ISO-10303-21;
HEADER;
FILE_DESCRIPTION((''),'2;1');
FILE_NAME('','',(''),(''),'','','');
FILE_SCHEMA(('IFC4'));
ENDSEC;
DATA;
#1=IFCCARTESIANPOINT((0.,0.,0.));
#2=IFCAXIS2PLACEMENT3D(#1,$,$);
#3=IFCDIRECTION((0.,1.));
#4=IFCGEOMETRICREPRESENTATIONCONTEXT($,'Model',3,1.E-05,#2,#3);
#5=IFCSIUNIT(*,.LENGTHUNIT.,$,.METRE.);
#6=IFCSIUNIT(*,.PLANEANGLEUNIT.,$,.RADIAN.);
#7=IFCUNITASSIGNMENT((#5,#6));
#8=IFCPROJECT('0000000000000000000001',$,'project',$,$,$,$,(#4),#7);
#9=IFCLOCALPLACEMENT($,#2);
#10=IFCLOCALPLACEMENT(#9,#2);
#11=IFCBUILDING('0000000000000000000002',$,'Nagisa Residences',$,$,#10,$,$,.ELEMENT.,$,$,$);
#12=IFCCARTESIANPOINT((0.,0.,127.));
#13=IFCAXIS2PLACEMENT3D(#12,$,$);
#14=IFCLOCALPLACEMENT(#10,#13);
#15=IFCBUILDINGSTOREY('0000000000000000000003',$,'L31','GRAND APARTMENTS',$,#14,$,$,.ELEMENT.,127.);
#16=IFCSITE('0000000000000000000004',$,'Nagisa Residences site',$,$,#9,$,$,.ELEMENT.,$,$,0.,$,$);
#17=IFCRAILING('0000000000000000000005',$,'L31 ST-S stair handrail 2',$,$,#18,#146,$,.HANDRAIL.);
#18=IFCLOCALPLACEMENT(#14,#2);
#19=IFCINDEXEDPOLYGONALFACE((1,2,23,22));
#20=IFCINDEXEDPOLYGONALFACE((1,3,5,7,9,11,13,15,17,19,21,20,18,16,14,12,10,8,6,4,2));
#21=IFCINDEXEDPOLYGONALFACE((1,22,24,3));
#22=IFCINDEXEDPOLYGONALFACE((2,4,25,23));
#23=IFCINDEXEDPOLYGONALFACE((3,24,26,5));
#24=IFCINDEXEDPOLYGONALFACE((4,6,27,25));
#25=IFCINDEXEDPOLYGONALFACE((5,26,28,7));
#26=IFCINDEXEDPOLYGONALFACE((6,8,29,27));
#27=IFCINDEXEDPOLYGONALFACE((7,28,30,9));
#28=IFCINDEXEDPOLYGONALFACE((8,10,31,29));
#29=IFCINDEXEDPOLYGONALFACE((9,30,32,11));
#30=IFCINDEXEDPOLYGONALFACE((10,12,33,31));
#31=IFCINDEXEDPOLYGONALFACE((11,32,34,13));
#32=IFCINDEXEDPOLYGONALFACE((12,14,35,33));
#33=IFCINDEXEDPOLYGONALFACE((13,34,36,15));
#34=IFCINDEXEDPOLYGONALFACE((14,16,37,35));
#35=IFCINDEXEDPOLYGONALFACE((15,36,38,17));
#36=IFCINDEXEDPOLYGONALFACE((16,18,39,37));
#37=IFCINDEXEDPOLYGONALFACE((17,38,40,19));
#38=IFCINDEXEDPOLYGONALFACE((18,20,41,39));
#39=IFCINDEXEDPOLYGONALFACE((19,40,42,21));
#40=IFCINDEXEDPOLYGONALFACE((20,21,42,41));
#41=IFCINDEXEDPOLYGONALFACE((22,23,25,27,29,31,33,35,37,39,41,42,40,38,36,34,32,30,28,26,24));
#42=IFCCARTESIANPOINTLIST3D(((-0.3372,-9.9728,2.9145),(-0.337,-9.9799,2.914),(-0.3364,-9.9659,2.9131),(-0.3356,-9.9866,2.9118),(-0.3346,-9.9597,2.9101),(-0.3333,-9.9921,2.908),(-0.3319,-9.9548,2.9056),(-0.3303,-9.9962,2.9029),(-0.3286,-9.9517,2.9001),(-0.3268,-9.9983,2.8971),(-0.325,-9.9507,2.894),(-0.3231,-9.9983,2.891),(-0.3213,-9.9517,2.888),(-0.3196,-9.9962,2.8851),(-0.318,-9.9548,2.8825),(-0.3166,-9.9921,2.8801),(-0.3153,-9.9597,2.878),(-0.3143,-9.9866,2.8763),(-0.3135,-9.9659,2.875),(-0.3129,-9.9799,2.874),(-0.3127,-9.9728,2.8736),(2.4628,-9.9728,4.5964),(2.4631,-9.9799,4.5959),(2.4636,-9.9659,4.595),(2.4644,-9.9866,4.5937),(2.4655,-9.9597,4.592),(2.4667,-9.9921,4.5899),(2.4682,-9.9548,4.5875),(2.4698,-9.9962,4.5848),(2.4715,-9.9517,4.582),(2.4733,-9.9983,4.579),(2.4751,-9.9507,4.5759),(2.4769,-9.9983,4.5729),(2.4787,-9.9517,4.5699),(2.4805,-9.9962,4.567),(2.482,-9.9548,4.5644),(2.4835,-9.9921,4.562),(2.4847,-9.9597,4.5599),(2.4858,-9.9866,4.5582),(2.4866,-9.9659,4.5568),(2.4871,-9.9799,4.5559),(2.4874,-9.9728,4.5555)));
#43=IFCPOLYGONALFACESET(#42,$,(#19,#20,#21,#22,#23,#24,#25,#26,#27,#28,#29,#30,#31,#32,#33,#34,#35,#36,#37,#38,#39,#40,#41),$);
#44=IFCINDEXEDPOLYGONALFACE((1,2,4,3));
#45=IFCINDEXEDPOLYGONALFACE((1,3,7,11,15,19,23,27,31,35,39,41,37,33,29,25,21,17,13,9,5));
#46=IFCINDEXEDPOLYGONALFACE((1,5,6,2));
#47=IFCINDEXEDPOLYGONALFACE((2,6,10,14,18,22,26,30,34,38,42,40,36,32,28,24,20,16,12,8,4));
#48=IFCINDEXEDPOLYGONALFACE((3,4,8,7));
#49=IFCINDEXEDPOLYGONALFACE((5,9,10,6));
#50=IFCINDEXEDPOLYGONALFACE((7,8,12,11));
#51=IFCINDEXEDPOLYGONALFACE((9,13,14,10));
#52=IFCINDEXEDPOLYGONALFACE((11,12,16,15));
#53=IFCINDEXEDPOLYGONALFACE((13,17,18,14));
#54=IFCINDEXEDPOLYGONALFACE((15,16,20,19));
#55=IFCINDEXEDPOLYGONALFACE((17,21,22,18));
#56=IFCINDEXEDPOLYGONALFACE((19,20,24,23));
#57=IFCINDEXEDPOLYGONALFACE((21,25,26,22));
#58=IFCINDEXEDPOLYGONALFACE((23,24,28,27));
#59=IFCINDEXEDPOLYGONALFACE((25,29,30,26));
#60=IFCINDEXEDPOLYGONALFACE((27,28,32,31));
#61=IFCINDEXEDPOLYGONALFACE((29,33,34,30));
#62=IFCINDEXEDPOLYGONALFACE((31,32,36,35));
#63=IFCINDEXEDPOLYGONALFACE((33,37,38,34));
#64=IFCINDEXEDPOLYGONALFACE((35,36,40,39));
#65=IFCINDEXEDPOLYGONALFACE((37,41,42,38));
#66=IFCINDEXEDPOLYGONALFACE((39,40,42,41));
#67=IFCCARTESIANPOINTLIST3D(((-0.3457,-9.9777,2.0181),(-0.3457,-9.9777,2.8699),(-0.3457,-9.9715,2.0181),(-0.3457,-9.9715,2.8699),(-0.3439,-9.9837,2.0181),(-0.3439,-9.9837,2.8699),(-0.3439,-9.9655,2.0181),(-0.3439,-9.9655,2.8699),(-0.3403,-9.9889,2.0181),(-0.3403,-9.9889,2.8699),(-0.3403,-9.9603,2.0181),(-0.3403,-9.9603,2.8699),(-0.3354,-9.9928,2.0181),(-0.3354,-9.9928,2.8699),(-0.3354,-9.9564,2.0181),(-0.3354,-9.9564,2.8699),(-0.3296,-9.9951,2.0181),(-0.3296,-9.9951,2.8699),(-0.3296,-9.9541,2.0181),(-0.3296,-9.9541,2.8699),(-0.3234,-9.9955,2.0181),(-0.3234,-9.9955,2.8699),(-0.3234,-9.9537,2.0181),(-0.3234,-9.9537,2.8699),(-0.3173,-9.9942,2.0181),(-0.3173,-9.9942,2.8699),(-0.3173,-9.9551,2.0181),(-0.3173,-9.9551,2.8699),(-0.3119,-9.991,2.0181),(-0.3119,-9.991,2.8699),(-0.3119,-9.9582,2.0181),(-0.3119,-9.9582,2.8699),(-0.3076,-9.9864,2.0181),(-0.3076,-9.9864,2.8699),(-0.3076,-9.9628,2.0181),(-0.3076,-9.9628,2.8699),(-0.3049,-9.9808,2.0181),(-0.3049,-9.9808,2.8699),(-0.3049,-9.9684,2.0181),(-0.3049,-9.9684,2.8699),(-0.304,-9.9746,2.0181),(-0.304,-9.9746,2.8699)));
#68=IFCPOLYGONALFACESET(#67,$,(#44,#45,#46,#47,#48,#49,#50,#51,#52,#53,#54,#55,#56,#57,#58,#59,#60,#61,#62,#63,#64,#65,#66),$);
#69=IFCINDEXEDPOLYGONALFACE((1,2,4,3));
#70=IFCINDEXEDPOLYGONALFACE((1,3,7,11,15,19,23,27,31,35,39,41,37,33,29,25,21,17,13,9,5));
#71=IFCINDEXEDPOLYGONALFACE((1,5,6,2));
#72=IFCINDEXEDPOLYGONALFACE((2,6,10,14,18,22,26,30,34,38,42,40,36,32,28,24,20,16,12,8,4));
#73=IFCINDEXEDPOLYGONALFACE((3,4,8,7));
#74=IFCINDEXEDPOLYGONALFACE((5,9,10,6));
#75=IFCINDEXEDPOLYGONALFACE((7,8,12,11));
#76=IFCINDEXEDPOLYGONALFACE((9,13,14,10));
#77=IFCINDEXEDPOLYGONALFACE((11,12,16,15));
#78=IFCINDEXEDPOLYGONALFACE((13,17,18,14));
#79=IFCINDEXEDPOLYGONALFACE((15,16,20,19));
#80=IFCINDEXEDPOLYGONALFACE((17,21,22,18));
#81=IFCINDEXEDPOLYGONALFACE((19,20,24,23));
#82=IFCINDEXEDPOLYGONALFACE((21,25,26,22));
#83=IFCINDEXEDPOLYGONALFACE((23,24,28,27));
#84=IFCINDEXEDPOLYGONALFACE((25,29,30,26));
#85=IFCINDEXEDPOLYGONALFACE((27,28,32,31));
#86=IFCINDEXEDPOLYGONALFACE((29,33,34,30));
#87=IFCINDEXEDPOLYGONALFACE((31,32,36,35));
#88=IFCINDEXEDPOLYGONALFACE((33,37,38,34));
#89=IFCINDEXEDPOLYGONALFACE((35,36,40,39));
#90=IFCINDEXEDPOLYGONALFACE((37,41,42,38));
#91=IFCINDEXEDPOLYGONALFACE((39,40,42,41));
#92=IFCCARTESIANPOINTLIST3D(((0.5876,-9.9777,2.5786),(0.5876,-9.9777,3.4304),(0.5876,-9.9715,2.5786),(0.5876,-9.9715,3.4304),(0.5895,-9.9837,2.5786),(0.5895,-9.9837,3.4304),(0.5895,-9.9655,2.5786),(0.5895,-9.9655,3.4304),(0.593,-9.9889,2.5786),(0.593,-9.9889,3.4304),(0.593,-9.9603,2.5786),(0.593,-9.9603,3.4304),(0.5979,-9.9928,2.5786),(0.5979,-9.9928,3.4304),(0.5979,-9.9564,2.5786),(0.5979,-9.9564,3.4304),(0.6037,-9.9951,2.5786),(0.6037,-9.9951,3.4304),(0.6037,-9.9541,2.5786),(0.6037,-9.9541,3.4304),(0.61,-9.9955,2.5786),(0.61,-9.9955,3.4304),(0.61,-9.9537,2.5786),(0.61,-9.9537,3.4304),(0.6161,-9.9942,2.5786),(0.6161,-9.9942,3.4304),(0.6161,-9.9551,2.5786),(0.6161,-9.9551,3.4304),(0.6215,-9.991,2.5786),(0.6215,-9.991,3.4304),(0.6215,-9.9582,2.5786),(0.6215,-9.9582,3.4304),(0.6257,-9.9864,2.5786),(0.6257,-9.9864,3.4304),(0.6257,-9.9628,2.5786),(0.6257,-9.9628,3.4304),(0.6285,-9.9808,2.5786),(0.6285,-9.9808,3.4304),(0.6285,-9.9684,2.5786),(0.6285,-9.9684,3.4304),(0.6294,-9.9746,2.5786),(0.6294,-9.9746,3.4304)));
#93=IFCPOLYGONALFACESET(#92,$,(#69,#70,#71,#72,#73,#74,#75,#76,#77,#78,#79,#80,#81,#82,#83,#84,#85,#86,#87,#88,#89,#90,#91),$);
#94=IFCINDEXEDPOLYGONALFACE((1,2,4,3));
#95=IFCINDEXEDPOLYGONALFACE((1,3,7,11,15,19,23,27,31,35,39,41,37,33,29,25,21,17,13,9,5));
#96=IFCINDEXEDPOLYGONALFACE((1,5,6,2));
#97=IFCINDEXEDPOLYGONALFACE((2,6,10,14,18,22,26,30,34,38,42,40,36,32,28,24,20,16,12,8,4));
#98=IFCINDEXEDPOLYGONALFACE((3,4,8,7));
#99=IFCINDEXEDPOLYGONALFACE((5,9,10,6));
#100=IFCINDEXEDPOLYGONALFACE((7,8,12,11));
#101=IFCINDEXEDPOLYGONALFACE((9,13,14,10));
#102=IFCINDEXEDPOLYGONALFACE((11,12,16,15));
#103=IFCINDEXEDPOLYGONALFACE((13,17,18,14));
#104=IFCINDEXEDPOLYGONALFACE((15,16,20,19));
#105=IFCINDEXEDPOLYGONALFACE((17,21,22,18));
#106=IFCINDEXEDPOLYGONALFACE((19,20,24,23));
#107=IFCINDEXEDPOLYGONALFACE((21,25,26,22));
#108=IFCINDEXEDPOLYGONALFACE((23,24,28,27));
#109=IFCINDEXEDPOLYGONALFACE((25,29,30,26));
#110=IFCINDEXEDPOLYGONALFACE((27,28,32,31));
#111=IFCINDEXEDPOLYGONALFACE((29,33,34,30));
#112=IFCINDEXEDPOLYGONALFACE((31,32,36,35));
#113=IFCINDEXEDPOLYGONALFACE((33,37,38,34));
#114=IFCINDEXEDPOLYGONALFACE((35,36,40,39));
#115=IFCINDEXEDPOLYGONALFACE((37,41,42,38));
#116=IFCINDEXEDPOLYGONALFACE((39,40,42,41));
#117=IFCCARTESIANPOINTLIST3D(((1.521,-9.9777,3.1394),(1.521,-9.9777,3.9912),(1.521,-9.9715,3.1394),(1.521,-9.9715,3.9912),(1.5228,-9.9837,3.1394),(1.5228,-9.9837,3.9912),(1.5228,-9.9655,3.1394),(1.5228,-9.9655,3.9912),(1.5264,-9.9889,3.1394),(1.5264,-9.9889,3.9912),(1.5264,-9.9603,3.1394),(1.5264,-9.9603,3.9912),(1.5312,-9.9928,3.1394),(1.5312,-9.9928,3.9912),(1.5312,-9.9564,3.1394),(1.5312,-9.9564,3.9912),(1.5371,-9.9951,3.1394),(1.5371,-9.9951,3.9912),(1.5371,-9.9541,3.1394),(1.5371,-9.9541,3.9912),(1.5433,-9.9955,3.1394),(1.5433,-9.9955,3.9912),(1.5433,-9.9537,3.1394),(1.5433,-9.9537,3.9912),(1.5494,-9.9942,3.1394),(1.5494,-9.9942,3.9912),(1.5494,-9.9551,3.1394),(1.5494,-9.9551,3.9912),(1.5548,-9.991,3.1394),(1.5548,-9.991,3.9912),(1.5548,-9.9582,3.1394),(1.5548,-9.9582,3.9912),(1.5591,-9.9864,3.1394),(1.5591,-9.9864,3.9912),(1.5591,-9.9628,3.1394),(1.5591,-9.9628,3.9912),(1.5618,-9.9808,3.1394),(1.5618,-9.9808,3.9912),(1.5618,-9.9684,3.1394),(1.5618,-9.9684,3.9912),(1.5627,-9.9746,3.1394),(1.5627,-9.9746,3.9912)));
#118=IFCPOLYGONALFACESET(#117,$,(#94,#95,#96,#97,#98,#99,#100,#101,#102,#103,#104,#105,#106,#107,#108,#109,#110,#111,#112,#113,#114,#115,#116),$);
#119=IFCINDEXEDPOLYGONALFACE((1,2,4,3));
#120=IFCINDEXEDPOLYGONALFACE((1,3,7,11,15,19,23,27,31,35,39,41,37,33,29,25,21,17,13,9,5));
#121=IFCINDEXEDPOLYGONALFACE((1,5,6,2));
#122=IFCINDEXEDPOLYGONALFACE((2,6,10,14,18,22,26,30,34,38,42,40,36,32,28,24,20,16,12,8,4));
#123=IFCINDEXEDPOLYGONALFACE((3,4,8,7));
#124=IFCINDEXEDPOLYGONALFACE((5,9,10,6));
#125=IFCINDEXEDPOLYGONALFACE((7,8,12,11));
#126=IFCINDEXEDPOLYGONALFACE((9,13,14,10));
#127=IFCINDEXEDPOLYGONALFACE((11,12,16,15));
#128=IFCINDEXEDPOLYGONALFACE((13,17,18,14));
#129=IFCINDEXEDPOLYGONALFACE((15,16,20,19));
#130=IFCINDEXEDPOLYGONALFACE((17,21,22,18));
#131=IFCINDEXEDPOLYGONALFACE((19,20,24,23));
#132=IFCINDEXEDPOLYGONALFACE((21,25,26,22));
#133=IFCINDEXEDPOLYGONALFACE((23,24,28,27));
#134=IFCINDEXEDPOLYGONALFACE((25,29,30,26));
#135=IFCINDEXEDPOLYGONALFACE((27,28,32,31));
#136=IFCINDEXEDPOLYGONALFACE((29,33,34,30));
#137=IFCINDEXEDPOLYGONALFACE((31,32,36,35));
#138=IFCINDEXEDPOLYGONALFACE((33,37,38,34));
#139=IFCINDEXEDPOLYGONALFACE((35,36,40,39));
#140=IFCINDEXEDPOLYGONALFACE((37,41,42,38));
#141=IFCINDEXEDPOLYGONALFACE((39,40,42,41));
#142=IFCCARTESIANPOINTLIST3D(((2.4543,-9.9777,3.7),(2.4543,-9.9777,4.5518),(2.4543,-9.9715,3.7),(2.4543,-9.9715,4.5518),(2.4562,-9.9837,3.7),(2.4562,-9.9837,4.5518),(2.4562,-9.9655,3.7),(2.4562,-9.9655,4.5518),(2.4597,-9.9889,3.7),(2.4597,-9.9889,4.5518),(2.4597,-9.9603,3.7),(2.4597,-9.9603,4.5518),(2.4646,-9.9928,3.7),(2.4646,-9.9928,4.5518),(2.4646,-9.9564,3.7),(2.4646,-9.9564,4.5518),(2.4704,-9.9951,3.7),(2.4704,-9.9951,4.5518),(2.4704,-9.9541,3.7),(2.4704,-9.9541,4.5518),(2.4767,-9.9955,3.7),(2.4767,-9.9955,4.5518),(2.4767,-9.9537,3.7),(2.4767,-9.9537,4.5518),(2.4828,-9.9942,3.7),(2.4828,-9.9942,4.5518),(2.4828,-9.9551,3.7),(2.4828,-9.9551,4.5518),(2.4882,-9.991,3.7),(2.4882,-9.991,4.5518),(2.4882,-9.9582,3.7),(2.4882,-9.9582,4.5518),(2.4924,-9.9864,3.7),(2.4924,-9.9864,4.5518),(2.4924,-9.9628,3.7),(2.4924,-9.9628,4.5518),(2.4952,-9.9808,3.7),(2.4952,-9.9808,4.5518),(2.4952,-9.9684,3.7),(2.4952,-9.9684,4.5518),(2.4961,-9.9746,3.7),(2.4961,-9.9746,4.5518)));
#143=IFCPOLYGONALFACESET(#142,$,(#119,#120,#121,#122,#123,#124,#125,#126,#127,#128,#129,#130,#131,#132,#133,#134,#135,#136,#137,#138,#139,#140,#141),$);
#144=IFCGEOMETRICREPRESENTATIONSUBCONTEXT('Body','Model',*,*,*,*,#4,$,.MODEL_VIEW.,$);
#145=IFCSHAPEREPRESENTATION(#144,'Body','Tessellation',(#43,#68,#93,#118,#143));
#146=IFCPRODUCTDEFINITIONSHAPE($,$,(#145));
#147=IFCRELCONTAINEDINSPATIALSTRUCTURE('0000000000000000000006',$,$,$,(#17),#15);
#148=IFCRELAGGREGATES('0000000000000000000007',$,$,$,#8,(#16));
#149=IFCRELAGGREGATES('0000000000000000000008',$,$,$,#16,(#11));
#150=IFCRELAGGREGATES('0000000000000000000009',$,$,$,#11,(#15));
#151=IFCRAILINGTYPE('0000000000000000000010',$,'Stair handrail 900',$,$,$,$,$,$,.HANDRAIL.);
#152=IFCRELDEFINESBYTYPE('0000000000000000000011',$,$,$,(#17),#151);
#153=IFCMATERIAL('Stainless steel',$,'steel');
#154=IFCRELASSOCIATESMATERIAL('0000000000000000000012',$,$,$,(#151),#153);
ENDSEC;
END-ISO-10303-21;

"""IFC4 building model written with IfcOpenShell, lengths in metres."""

from ifc_helpers import new_model, si_unit, direction, frame, origin, origin_2d, place, context, subcontext, project, spatial, circle, extrude, material, type_object, element, save


model = new_model("IFC4")

# Units and contexts
model_context = context("Model", 3, precision=1e-05, world=origin(), true_north=direction((0.0, 1.0)))
body_context = subcontext(model_context, "Body", "Model", "MODEL_VIEW")
ifc_project = project(units=[si_unit("LENGTHUNIT", "METRE"), si_unit("PLANEANGLEUNIT", "RADIAN")], contexts=[model_context])

# Site, building, storey
site_placement = place(None, origin())
site = spatial("IfcSite", under=ifc_project, at=site_placement, Name="Nagisa Residences site", CompositionType="ELEMENT", RefElevation=0.0)
building_placement = place(site_placement, origin())
building = spatial("IfcBuilding", under=site, at=building_placement, Name="Nagisa Residences", CompositionType="ELEMENT")
storey_placement = place(building_placement, frame((0.0, 0.0, 127.0)))
storey = spatial("IfcBuildingStorey", under=building, at=storey_placement, Name="L31", Description="GRAND APARTMENTS", CompositionType="ELEMENT", Elevation=127.0)

# Railing
ifc_material_1 = material(Name="Stainless steel", Category="steel")
railing_type = type_object("IfcRailingType", Name="Stair handrail 900", PredefinedType="HANDRAIL", material=ifc_material_1)
railing_placement = place(storey_placement, frame((-0.325, -9.9746, 2.0181)))
element("IfcRailing", 1, at=railing_placement, inside=storey, type_object=railing_type, Name="L31 ST-S stair handrail 2", PredefinedType="HANDRAIL", context=body_context, shape_type="SweptSolid", body=[
    extrude(circle(Radius=0.0239, at=origin_2d()), frame((0.0, 0.0, 0.876), z_axis=(0.857242, 0.0, 0.514913), x_axis=(0.0, 1.0, 0.0)), (0.0, 0.0, 1.0), 3.2664),
    extrude(circle(Radius=0.021, at=origin_2d()), origin(), (0.0, 0.0, 1.0), 0.8518),
    extrude(circle(Radius=0.021, at=origin_2d()), frame((0.9333, 0.0, 0.5605)), (0.0, 0.0, 1.0), 0.8518),
    extrude(circle(Radius=0.021, at=origin_2d()), frame((1.8667, 0.0, 1.1213)), (0.0, 0.0, 1.0), 0.8518),
    extrude(circle(Radius=0.021, at=origin_2d()), frame((2.8, 0.0, 1.6819)), (0.0, 0.0, 1.0), 0.8518),
])

save(model, "model.ifc")
